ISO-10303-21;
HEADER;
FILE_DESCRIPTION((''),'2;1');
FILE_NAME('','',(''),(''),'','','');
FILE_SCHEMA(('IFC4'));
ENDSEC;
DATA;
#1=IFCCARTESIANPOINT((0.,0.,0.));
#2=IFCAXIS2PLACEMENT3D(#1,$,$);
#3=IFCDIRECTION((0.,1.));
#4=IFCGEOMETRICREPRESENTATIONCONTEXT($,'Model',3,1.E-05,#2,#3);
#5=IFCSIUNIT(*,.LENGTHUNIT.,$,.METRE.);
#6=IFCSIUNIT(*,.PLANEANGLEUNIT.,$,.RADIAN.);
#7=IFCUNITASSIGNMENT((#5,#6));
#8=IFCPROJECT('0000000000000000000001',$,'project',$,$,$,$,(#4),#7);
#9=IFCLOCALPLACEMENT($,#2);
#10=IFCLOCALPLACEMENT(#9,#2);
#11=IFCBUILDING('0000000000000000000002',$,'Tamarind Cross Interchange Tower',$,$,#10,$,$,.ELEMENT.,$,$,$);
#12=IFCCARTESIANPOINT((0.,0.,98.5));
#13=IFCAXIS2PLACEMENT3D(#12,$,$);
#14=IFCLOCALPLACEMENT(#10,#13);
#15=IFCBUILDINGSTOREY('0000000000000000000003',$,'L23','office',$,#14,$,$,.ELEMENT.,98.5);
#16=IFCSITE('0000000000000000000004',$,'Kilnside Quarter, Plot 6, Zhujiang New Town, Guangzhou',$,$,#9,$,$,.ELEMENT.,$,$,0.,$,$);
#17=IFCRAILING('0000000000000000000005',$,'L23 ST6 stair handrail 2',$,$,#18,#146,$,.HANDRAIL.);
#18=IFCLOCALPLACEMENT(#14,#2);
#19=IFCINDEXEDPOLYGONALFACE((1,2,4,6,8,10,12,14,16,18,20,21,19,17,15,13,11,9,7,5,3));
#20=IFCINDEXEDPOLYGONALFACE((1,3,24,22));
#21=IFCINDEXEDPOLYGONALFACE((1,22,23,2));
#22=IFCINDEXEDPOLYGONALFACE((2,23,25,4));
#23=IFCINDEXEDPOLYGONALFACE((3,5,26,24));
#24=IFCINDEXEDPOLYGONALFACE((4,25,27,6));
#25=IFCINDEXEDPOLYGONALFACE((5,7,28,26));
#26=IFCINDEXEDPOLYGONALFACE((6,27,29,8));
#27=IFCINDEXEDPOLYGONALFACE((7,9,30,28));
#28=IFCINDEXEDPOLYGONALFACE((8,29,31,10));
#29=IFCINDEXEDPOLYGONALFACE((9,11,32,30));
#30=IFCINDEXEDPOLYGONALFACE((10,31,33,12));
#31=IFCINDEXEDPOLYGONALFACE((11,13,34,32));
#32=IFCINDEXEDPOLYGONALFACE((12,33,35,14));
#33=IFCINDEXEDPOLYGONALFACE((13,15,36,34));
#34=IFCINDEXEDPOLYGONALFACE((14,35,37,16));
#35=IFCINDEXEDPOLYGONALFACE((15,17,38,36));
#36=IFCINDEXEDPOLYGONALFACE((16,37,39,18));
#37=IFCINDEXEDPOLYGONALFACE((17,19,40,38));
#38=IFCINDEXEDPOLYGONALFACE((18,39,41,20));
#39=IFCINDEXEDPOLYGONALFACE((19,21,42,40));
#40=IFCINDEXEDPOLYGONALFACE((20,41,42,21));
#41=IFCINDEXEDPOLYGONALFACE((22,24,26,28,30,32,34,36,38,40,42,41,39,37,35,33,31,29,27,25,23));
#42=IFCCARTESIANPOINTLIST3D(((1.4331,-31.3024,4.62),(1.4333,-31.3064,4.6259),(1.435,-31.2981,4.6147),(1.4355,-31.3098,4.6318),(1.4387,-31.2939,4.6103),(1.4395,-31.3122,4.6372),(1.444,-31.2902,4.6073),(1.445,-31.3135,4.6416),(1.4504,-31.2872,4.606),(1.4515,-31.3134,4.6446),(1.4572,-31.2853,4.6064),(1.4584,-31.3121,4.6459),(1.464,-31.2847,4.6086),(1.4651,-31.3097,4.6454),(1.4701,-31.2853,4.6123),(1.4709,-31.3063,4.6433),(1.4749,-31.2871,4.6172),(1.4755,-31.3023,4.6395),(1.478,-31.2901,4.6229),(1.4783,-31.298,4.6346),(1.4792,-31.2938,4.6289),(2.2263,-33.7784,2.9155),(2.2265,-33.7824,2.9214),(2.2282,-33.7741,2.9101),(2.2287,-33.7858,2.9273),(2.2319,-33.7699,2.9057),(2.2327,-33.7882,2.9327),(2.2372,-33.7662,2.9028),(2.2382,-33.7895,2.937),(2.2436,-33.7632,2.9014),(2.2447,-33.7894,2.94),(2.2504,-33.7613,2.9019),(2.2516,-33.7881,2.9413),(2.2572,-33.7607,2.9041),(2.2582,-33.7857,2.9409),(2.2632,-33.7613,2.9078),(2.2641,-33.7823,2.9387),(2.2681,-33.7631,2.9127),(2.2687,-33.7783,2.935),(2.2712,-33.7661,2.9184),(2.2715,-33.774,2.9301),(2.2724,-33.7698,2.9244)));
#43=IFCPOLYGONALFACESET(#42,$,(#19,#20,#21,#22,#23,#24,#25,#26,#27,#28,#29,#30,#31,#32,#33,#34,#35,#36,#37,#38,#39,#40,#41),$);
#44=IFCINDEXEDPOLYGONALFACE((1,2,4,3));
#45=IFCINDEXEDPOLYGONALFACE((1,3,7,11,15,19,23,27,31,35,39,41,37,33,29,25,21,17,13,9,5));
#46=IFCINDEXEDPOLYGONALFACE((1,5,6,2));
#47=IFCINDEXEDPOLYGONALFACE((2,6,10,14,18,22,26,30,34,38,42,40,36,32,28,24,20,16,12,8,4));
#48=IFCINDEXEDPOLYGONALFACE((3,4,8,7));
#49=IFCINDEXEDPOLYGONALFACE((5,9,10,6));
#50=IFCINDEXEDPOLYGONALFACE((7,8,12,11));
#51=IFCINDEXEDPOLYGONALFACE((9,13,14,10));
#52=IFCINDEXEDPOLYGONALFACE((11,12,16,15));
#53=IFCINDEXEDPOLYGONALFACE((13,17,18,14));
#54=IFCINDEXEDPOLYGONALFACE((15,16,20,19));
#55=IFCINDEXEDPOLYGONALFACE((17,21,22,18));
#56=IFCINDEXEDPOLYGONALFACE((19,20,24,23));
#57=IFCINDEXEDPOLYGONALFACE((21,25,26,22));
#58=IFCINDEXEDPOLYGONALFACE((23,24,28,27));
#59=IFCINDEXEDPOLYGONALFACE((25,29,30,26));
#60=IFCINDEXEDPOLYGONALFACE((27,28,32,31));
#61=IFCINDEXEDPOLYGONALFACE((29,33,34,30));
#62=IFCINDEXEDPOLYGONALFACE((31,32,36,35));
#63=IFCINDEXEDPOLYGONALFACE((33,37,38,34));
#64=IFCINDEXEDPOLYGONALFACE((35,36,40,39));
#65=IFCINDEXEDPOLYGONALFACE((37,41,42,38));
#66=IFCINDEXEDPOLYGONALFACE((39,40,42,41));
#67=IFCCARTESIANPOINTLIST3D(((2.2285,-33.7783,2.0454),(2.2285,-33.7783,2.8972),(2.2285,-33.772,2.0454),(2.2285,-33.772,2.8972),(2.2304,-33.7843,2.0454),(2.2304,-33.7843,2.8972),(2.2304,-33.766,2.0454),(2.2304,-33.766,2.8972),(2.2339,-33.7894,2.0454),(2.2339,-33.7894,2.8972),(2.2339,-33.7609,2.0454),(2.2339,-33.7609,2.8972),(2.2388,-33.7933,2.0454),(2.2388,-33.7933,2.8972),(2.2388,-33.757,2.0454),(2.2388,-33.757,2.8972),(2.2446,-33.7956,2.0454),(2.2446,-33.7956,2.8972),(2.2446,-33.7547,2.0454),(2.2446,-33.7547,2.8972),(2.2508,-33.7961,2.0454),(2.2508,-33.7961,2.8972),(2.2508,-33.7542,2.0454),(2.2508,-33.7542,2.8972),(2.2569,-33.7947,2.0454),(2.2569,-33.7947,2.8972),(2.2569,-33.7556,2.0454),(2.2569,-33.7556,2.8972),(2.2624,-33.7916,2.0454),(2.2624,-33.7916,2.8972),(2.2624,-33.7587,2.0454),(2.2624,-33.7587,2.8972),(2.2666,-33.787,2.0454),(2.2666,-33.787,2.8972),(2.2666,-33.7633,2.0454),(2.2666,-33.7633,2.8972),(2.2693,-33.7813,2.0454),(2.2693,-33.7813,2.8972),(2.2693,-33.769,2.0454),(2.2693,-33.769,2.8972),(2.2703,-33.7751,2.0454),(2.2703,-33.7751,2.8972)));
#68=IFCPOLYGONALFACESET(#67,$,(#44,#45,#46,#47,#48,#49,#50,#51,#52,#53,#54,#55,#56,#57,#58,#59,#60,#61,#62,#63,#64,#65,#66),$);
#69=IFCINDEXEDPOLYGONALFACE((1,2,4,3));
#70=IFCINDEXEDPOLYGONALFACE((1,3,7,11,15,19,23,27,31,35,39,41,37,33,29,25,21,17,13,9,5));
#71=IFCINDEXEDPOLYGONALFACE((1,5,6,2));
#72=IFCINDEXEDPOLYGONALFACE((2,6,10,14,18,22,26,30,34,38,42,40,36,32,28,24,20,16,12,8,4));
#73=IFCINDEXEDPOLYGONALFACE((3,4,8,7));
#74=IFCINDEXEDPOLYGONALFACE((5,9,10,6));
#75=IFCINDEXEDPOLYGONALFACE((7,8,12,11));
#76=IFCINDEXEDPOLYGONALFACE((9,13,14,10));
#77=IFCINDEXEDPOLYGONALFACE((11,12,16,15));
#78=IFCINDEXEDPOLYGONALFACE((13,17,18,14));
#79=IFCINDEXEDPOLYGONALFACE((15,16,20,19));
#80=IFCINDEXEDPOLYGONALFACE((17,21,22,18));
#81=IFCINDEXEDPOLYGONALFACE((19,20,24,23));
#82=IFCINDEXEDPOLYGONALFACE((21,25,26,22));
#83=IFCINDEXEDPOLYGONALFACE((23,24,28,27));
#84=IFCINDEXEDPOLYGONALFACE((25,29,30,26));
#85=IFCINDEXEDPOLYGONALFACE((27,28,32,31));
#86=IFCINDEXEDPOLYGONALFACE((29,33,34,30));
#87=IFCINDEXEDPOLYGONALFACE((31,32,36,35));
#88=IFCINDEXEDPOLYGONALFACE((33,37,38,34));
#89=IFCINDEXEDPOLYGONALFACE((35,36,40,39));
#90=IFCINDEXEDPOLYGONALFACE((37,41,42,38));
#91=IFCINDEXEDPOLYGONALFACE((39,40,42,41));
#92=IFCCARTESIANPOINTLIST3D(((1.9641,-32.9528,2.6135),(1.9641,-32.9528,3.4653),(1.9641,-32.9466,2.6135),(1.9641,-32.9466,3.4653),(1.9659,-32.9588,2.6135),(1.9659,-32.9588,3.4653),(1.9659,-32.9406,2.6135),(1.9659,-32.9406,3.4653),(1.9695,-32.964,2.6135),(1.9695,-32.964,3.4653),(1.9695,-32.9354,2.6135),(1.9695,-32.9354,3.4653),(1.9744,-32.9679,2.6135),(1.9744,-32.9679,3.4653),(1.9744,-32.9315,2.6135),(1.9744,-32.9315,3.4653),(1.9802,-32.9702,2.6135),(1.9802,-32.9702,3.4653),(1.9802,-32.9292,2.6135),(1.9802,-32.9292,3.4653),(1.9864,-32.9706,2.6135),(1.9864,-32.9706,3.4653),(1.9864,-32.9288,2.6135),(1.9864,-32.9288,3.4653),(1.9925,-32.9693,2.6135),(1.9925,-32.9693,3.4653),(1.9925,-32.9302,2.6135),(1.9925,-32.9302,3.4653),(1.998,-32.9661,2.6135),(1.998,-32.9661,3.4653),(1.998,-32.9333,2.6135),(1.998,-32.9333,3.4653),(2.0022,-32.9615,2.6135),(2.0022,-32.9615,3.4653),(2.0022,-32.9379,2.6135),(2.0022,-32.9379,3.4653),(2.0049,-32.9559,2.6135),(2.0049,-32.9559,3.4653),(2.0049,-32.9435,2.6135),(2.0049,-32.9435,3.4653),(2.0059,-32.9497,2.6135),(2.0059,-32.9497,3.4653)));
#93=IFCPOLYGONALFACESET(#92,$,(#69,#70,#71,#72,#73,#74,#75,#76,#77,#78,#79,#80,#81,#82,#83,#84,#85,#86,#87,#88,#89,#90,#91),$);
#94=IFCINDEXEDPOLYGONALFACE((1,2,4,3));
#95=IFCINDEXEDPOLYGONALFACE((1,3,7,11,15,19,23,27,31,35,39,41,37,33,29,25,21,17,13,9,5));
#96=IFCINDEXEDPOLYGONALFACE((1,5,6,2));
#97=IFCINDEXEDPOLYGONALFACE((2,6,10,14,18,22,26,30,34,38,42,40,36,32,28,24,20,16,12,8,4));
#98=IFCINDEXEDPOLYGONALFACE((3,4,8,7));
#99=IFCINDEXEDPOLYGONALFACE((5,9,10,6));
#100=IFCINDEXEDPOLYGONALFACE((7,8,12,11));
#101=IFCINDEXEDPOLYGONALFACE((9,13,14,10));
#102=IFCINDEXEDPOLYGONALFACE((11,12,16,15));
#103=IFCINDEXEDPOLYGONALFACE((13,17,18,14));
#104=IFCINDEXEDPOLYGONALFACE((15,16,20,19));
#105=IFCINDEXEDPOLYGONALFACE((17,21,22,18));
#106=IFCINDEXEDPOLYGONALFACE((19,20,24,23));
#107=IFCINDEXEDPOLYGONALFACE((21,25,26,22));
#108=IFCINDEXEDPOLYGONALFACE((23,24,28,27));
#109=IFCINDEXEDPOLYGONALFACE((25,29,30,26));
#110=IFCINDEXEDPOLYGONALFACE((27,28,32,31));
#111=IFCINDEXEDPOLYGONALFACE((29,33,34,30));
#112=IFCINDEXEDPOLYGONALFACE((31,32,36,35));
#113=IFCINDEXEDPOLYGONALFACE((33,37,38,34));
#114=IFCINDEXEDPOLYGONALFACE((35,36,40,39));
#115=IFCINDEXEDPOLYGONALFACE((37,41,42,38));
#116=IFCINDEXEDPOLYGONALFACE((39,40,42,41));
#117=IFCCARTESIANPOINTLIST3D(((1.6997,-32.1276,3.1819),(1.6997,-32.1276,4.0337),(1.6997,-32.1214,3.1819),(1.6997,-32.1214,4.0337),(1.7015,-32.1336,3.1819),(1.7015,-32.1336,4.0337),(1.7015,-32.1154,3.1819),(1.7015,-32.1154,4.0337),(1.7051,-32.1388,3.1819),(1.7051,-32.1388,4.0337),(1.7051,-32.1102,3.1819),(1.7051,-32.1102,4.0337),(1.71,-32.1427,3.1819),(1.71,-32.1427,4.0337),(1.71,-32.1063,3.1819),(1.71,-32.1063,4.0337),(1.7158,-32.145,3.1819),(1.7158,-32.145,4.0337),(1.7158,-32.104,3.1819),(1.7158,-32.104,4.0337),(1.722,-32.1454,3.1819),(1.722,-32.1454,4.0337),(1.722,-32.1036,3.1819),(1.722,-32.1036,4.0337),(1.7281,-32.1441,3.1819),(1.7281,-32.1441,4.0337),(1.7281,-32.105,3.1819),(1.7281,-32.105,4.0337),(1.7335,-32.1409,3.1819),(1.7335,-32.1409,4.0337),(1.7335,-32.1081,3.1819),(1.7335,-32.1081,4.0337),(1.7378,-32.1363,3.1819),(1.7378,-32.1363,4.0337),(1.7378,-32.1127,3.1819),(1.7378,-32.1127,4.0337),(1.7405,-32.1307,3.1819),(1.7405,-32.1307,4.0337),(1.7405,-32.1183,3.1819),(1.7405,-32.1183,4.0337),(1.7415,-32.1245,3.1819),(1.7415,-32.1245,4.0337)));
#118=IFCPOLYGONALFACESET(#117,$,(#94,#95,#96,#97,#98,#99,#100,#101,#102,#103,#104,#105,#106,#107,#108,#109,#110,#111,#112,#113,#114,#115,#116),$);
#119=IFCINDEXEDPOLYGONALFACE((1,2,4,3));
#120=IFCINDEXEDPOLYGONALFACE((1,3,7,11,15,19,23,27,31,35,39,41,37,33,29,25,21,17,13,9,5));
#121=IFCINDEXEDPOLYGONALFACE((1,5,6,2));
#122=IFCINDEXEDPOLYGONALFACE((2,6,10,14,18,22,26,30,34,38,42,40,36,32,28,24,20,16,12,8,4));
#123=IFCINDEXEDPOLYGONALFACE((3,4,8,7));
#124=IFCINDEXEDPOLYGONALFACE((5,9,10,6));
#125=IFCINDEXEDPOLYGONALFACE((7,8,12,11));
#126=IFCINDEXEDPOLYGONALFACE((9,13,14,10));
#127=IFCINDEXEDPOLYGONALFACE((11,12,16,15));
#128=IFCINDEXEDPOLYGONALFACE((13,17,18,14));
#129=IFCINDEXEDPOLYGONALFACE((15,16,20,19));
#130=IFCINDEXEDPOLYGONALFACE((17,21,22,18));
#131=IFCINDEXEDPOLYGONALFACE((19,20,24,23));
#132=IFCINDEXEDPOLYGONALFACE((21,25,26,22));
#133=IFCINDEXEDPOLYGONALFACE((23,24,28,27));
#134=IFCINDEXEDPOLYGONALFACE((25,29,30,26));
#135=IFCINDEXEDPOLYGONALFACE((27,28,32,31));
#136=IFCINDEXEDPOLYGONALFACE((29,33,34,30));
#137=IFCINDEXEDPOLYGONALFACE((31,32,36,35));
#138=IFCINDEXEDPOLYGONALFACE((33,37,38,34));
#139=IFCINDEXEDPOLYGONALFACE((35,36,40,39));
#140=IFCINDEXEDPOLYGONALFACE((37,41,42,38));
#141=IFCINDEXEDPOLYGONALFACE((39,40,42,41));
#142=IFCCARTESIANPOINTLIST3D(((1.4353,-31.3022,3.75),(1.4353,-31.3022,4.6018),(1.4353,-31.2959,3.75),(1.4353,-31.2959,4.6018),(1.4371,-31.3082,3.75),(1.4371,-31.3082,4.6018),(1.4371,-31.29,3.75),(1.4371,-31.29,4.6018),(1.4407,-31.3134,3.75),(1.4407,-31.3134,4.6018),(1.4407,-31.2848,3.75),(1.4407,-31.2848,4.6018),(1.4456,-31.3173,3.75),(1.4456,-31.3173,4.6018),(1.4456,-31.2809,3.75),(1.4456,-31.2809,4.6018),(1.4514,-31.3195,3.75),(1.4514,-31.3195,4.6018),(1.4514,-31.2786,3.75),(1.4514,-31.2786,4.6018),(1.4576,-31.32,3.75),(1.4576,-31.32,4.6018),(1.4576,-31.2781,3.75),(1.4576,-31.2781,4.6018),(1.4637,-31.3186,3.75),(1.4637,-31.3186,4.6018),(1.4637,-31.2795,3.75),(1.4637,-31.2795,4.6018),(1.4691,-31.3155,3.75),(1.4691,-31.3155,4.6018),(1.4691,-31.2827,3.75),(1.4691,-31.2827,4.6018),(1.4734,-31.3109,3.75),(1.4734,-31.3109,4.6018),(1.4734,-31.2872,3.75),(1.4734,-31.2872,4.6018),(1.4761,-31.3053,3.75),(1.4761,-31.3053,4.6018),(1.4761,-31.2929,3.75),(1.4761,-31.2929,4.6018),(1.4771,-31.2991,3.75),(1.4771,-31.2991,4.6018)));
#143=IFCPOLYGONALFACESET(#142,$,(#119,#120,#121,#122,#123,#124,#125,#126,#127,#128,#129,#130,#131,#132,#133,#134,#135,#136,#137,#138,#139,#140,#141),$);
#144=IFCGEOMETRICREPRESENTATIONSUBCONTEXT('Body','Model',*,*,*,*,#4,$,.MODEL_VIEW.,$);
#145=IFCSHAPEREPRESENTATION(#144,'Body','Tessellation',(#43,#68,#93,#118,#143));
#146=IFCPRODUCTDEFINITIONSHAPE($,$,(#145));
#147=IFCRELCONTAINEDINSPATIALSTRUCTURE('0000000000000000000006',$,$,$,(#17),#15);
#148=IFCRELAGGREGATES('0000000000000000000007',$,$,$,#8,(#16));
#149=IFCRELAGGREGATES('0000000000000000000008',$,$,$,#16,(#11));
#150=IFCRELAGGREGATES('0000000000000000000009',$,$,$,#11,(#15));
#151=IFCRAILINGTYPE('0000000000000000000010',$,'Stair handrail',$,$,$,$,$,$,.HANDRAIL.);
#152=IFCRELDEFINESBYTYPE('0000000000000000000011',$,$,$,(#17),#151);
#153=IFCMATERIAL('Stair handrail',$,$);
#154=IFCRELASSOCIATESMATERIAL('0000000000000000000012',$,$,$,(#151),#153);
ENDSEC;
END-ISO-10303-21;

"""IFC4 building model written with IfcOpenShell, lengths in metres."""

from ifc_helpers import new_model, si_unit, direction, frame, origin, origin_2d, place, context, subcontext, project, spatial, circle, extrude, material, type_object, element, save


model = new_model("IFC4")

# Units and contexts
model_context = context("Model", 3, precision=1e-05, world=origin(), true_north=direction((0.0, 1.0)))
body_context = subcontext(model_context, "Body", "Model", "MODEL_VIEW")
ifc_project = project(units=[si_unit("LENGTHUNIT", "METRE"), si_unit("PLANEANGLEUNIT", "RADIAN")], contexts=[model_context])

# Site, building, storey
site_placement = place(None, origin())
site = spatial("IfcSite", under=ifc_project, at=site_placement, Name="Kilnside Quarter, Plot 6, Zhujiang New Town, Guangzhou", CompositionType="ELEMENT", RefElevation=0.0)
building_placement = place(site_placement, origin())
building = spatial("IfcBuilding", under=site, at=building_placement, Name="Tamarind Cross Interchange Tower", CompositionType="ELEMENT")
storey_placement = place(building_placement, frame((0.0, 0.0, 98.5)))
storey = spatial("IfcBuildingStorey", under=building, at=storey_placement, Name="L23", Description="office", CompositionType="ELEMENT", Elevation=98.5)

# Railing
ifc_material_1 = material(Name="Stair handrail")
railing_type_1 = type_object("IfcRailingType", Name="Stair handrail", PredefinedType="HANDRAIL", material=ifc_material_1)
railing_1_placement = place(storey_placement, frame((2.2493, -33.7751, 2.0454)))
element("IfcRailing", 1, at=railing_1_placement, inside=storey, type_object=railing_type_1, Name="L23 ST6 stair handrail 2", PredefinedType="HANDRAIL", context=body_context, shape_type="SweptSolid", body=[
    extrude(circle(Radius=0.0239, at=origin_2d()), frame((0.0, 0.0, 0.876), z_axis=(-0.255136, 0.796427, 0.548279), x_axis=(-0.952327, -0.305079, 0.0)), (0.0, 0.0, 1.0), 3.1089),
    extrude(circle(Radius=0.021, at=origin_2d()), origin(), (0.0, 0.0, 1.0), 0.8518),
    extrude(circle(Radius=0.021, at=origin_2d()), frame((-0.2644, 0.8254, 0.5681)), (0.0, 0.0, 1.0), 0.8518),
    extrude(circle(Radius=0.021, at=origin_2d()), frame((-0.5288, 1.6506, 1.1365)), (0.0, 0.0, 1.0), 0.8518),
    extrude(circle(Radius=0.021, at=origin_2d()), frame((-0.7932, 2.4761, 1.7046)), (0.0, 0.0, 1.0), 0.8518),
])

save(model, "model.ifc")
